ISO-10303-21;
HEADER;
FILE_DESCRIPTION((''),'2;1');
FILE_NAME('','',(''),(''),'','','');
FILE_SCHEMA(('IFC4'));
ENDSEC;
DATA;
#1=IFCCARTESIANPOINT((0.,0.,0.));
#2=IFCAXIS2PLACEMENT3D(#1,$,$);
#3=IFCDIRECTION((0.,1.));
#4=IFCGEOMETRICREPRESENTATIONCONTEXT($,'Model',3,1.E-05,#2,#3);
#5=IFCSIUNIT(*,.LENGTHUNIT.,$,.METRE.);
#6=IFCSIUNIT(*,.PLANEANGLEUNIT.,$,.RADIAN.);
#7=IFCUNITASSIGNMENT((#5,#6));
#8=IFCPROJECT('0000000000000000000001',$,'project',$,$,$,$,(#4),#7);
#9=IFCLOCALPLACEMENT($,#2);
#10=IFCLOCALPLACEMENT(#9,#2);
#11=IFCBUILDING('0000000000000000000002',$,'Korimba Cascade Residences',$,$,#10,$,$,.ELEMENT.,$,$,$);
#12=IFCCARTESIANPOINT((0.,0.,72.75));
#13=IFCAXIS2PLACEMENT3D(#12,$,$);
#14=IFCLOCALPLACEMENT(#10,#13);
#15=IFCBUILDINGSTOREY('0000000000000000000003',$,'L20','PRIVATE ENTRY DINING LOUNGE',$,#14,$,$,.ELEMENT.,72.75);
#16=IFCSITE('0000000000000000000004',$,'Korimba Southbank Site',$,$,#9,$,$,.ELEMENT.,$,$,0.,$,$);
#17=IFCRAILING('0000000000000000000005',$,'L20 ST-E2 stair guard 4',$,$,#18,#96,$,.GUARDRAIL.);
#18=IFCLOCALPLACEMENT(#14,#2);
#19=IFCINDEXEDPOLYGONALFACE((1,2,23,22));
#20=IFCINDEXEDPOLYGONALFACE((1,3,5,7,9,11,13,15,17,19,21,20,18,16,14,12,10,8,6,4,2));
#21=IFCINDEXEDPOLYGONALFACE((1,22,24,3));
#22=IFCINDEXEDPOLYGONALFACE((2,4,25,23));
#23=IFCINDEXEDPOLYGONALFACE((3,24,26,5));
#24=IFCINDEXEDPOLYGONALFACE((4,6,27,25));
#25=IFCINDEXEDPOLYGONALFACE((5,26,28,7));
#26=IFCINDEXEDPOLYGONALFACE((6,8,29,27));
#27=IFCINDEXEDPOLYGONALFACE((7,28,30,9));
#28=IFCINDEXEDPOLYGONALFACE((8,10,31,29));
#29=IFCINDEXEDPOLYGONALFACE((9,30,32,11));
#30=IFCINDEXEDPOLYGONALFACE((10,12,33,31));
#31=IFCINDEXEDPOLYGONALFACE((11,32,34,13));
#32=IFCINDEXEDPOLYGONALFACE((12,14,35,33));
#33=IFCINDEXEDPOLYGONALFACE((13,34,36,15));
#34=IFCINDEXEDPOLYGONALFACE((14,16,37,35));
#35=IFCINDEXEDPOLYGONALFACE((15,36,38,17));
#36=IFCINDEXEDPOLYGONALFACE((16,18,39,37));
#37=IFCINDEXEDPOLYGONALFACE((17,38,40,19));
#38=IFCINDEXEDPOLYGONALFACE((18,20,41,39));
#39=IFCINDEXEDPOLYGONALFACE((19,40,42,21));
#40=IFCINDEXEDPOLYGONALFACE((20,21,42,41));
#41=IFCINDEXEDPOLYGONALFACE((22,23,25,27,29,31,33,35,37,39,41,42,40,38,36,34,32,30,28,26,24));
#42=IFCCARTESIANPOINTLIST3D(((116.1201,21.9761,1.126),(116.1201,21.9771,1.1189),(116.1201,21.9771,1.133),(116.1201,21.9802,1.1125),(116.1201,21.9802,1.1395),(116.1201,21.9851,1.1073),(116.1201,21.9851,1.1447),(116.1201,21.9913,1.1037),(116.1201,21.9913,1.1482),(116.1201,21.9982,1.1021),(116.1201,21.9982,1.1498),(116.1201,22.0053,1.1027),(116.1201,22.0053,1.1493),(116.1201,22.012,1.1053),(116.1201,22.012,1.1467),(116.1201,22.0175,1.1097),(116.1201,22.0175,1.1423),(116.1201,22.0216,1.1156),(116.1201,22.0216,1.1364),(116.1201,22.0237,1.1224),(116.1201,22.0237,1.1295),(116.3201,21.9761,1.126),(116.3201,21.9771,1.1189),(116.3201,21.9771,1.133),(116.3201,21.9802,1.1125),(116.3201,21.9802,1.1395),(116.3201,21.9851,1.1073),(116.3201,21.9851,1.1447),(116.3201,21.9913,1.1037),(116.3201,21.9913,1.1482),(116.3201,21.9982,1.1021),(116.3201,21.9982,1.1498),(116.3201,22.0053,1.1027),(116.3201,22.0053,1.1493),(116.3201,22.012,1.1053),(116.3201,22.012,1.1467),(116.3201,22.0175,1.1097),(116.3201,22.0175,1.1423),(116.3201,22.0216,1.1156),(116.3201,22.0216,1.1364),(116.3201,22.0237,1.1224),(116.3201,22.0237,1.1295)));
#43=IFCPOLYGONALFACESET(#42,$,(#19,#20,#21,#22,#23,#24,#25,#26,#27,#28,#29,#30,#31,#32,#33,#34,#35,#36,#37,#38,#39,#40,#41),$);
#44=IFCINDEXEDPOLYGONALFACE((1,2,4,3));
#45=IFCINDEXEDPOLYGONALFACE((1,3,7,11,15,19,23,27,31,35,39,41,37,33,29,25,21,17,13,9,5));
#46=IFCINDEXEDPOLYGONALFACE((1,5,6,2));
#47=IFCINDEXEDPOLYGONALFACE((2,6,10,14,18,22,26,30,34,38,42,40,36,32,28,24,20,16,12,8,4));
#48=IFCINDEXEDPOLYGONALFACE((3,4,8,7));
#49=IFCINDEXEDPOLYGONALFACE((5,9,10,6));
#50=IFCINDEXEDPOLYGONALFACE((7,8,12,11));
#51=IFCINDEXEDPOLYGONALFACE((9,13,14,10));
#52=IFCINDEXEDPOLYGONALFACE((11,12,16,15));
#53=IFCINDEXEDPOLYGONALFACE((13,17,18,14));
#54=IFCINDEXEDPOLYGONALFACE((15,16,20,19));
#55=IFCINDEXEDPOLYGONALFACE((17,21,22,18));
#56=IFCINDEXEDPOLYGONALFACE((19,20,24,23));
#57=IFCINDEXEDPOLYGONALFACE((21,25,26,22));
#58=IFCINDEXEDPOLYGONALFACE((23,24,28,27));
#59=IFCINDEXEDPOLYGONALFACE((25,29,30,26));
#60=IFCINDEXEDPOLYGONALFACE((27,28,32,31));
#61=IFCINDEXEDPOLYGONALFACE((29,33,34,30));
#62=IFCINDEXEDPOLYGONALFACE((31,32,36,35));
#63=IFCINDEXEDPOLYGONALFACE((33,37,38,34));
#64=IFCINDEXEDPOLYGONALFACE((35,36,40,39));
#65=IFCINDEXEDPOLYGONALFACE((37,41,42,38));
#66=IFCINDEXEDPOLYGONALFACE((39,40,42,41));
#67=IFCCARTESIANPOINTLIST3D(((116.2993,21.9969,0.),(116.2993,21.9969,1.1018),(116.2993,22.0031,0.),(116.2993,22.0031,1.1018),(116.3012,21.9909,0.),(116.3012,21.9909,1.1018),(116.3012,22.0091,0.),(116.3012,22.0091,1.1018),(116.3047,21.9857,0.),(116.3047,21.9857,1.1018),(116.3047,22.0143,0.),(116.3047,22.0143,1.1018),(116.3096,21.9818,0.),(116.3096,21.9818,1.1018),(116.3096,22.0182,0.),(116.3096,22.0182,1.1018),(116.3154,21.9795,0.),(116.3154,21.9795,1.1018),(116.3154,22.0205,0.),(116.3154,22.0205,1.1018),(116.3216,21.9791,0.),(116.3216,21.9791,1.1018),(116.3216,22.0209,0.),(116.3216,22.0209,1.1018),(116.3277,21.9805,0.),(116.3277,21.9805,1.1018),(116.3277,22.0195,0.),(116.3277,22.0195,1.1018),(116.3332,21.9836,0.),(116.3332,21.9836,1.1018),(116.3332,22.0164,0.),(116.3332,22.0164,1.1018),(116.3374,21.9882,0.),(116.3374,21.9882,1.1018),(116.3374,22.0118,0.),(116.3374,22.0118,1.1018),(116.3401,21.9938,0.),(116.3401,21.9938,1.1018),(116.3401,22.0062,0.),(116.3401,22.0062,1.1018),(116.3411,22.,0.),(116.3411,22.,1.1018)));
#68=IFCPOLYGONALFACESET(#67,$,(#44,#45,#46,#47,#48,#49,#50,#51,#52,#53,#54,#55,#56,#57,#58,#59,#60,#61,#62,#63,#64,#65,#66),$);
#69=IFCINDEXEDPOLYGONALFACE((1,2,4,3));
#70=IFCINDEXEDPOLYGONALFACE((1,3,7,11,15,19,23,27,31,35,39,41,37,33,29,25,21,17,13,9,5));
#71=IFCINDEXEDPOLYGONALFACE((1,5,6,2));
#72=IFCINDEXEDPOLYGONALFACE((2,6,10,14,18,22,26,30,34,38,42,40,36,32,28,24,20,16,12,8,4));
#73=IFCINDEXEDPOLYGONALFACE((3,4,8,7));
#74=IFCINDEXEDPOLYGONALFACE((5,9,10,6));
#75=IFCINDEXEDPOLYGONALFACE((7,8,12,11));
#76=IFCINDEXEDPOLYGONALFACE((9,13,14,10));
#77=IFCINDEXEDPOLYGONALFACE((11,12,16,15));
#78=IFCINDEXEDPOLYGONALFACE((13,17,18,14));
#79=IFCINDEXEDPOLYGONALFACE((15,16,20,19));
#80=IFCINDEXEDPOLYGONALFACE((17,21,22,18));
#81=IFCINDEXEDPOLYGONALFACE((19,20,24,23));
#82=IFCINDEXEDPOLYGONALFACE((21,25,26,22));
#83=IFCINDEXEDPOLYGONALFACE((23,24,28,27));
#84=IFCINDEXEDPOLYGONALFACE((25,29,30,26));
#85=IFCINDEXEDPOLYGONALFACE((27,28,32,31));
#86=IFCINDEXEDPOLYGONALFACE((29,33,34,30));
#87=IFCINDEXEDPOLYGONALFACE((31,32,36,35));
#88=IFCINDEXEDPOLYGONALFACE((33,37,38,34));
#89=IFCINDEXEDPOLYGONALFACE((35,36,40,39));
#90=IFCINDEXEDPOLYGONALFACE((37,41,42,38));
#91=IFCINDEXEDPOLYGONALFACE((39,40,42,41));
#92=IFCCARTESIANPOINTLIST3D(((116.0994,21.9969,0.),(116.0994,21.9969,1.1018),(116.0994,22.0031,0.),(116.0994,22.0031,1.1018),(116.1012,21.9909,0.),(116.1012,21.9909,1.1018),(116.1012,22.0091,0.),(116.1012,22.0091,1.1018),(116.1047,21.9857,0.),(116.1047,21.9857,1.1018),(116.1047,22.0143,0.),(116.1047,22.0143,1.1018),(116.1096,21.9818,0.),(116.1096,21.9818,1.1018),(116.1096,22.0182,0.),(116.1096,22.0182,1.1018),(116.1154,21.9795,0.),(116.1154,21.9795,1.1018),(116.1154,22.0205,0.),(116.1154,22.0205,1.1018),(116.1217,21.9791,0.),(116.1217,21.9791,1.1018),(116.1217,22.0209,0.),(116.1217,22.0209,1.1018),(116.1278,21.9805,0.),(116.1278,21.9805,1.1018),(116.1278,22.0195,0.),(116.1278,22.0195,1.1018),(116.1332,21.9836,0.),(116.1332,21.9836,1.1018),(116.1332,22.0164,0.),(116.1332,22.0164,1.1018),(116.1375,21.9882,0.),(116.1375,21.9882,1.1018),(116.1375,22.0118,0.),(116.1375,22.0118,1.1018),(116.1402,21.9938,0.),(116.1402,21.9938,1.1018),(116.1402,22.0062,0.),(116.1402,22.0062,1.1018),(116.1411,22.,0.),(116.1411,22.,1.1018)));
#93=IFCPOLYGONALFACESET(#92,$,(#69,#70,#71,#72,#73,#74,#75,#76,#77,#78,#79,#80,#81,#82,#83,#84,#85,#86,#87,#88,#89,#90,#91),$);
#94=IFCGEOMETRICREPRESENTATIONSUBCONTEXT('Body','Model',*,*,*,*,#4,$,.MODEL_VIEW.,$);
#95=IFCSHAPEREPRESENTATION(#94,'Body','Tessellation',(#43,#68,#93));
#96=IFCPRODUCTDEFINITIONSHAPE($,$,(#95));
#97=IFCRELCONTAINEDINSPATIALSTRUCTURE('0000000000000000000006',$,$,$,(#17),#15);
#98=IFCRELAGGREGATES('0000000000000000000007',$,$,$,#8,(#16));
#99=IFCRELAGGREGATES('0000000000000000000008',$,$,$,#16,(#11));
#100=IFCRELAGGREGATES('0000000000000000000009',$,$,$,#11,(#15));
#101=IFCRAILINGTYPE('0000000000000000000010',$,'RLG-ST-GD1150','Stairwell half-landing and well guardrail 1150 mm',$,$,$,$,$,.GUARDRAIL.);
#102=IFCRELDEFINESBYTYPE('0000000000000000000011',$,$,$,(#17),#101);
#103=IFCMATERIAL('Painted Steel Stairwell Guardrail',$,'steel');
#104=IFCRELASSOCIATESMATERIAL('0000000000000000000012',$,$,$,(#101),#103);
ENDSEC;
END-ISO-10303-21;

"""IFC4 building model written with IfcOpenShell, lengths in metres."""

from ifc_helpers import new_model, si_unit, direction, frame, origin, origin_2d, place, context, subcontext, project, spatial, circle, extrude, material, type_object, element, save


model = new_model("IFC4")

# Units and contexts
model_context = context("Model", 3, precision=1e-05, world=origin(), true_north=direction((0.0, 1.0)))
body_context = subcontext(model_context, "Body", "Model", "MODEL_VIEW")
ifc_project = project(units=[si_unit("LENGTHUNIT", "METRE"), si_unit("PLANEANGLEUNIT", "RADIAN")], contexts=[model_context])

# Site, building, storey
site_placement = place(None, origin())
site = spatial("IfcSite", under=ifc_project, at=site_placement, Name="Korimba Southbank Site", CompositionType="ELEMENT", RefElevation=0.0)
building_placement = place(site_placement, origin())
building = spatial("IfcBuilding", under=site, at=building_placement, Name="Korimba Cascade Residences", CompositionType="ELEMENT")
storey_placement = place(building_placement, frame((0.0, 0.0, 72.75)))
storey = spatial("IfcBuildingStorey", under=building, at=storey_placement, Name="L20", Description="PRIVATE ENTRY DINING LOUNGE", CompositionType="ELEMENT", Elevation=72.75)

# Railing
ifc_material_1 = material(Name="Painted Steel Stairwell Guardrail", Category="steel")
railing_type_1 = type_object("IfcRailingType", Name="RLG-ST-GD1150", Description="Stairwell half-landing and well guardrail 1150 mm", PredefinedType="GUARDRAIL", material=ifc_material_1)
railing_1_placement = place(storey_placement, frame((116.3201, 22.0, 0.0)))
element("IfcRailing", 1, at=railing_1_placement, inside=storey, type_object=railing_type_1, Name="L20 ST-E2 stair guard 4", PredefinedType="GUARDRAIL", context=body_context, shape_type="SweptSolid", body=[
    extrude(circle(Radius=0.0239, at=origin_2d()), frame((0.0, 0.0, 1.126), z_axis=(-1.0, 0.0, 0.0), x_axis=(0.0, -1.0, 0.0)), (0.0, 0.0, 1.0), 0.2),
    extrude(circle(Radius=0.021, at=origin_2d()), origin(), (0.0, 0.0, 1.0), 1.1018),
    extrude(circle(Radius=0.021, at=origin_2d()), frame((-0.2, 0.0, 0.0)), (0.0, 0.0, 1.0), 1.1018),
])

save(model, "model.ifc")
